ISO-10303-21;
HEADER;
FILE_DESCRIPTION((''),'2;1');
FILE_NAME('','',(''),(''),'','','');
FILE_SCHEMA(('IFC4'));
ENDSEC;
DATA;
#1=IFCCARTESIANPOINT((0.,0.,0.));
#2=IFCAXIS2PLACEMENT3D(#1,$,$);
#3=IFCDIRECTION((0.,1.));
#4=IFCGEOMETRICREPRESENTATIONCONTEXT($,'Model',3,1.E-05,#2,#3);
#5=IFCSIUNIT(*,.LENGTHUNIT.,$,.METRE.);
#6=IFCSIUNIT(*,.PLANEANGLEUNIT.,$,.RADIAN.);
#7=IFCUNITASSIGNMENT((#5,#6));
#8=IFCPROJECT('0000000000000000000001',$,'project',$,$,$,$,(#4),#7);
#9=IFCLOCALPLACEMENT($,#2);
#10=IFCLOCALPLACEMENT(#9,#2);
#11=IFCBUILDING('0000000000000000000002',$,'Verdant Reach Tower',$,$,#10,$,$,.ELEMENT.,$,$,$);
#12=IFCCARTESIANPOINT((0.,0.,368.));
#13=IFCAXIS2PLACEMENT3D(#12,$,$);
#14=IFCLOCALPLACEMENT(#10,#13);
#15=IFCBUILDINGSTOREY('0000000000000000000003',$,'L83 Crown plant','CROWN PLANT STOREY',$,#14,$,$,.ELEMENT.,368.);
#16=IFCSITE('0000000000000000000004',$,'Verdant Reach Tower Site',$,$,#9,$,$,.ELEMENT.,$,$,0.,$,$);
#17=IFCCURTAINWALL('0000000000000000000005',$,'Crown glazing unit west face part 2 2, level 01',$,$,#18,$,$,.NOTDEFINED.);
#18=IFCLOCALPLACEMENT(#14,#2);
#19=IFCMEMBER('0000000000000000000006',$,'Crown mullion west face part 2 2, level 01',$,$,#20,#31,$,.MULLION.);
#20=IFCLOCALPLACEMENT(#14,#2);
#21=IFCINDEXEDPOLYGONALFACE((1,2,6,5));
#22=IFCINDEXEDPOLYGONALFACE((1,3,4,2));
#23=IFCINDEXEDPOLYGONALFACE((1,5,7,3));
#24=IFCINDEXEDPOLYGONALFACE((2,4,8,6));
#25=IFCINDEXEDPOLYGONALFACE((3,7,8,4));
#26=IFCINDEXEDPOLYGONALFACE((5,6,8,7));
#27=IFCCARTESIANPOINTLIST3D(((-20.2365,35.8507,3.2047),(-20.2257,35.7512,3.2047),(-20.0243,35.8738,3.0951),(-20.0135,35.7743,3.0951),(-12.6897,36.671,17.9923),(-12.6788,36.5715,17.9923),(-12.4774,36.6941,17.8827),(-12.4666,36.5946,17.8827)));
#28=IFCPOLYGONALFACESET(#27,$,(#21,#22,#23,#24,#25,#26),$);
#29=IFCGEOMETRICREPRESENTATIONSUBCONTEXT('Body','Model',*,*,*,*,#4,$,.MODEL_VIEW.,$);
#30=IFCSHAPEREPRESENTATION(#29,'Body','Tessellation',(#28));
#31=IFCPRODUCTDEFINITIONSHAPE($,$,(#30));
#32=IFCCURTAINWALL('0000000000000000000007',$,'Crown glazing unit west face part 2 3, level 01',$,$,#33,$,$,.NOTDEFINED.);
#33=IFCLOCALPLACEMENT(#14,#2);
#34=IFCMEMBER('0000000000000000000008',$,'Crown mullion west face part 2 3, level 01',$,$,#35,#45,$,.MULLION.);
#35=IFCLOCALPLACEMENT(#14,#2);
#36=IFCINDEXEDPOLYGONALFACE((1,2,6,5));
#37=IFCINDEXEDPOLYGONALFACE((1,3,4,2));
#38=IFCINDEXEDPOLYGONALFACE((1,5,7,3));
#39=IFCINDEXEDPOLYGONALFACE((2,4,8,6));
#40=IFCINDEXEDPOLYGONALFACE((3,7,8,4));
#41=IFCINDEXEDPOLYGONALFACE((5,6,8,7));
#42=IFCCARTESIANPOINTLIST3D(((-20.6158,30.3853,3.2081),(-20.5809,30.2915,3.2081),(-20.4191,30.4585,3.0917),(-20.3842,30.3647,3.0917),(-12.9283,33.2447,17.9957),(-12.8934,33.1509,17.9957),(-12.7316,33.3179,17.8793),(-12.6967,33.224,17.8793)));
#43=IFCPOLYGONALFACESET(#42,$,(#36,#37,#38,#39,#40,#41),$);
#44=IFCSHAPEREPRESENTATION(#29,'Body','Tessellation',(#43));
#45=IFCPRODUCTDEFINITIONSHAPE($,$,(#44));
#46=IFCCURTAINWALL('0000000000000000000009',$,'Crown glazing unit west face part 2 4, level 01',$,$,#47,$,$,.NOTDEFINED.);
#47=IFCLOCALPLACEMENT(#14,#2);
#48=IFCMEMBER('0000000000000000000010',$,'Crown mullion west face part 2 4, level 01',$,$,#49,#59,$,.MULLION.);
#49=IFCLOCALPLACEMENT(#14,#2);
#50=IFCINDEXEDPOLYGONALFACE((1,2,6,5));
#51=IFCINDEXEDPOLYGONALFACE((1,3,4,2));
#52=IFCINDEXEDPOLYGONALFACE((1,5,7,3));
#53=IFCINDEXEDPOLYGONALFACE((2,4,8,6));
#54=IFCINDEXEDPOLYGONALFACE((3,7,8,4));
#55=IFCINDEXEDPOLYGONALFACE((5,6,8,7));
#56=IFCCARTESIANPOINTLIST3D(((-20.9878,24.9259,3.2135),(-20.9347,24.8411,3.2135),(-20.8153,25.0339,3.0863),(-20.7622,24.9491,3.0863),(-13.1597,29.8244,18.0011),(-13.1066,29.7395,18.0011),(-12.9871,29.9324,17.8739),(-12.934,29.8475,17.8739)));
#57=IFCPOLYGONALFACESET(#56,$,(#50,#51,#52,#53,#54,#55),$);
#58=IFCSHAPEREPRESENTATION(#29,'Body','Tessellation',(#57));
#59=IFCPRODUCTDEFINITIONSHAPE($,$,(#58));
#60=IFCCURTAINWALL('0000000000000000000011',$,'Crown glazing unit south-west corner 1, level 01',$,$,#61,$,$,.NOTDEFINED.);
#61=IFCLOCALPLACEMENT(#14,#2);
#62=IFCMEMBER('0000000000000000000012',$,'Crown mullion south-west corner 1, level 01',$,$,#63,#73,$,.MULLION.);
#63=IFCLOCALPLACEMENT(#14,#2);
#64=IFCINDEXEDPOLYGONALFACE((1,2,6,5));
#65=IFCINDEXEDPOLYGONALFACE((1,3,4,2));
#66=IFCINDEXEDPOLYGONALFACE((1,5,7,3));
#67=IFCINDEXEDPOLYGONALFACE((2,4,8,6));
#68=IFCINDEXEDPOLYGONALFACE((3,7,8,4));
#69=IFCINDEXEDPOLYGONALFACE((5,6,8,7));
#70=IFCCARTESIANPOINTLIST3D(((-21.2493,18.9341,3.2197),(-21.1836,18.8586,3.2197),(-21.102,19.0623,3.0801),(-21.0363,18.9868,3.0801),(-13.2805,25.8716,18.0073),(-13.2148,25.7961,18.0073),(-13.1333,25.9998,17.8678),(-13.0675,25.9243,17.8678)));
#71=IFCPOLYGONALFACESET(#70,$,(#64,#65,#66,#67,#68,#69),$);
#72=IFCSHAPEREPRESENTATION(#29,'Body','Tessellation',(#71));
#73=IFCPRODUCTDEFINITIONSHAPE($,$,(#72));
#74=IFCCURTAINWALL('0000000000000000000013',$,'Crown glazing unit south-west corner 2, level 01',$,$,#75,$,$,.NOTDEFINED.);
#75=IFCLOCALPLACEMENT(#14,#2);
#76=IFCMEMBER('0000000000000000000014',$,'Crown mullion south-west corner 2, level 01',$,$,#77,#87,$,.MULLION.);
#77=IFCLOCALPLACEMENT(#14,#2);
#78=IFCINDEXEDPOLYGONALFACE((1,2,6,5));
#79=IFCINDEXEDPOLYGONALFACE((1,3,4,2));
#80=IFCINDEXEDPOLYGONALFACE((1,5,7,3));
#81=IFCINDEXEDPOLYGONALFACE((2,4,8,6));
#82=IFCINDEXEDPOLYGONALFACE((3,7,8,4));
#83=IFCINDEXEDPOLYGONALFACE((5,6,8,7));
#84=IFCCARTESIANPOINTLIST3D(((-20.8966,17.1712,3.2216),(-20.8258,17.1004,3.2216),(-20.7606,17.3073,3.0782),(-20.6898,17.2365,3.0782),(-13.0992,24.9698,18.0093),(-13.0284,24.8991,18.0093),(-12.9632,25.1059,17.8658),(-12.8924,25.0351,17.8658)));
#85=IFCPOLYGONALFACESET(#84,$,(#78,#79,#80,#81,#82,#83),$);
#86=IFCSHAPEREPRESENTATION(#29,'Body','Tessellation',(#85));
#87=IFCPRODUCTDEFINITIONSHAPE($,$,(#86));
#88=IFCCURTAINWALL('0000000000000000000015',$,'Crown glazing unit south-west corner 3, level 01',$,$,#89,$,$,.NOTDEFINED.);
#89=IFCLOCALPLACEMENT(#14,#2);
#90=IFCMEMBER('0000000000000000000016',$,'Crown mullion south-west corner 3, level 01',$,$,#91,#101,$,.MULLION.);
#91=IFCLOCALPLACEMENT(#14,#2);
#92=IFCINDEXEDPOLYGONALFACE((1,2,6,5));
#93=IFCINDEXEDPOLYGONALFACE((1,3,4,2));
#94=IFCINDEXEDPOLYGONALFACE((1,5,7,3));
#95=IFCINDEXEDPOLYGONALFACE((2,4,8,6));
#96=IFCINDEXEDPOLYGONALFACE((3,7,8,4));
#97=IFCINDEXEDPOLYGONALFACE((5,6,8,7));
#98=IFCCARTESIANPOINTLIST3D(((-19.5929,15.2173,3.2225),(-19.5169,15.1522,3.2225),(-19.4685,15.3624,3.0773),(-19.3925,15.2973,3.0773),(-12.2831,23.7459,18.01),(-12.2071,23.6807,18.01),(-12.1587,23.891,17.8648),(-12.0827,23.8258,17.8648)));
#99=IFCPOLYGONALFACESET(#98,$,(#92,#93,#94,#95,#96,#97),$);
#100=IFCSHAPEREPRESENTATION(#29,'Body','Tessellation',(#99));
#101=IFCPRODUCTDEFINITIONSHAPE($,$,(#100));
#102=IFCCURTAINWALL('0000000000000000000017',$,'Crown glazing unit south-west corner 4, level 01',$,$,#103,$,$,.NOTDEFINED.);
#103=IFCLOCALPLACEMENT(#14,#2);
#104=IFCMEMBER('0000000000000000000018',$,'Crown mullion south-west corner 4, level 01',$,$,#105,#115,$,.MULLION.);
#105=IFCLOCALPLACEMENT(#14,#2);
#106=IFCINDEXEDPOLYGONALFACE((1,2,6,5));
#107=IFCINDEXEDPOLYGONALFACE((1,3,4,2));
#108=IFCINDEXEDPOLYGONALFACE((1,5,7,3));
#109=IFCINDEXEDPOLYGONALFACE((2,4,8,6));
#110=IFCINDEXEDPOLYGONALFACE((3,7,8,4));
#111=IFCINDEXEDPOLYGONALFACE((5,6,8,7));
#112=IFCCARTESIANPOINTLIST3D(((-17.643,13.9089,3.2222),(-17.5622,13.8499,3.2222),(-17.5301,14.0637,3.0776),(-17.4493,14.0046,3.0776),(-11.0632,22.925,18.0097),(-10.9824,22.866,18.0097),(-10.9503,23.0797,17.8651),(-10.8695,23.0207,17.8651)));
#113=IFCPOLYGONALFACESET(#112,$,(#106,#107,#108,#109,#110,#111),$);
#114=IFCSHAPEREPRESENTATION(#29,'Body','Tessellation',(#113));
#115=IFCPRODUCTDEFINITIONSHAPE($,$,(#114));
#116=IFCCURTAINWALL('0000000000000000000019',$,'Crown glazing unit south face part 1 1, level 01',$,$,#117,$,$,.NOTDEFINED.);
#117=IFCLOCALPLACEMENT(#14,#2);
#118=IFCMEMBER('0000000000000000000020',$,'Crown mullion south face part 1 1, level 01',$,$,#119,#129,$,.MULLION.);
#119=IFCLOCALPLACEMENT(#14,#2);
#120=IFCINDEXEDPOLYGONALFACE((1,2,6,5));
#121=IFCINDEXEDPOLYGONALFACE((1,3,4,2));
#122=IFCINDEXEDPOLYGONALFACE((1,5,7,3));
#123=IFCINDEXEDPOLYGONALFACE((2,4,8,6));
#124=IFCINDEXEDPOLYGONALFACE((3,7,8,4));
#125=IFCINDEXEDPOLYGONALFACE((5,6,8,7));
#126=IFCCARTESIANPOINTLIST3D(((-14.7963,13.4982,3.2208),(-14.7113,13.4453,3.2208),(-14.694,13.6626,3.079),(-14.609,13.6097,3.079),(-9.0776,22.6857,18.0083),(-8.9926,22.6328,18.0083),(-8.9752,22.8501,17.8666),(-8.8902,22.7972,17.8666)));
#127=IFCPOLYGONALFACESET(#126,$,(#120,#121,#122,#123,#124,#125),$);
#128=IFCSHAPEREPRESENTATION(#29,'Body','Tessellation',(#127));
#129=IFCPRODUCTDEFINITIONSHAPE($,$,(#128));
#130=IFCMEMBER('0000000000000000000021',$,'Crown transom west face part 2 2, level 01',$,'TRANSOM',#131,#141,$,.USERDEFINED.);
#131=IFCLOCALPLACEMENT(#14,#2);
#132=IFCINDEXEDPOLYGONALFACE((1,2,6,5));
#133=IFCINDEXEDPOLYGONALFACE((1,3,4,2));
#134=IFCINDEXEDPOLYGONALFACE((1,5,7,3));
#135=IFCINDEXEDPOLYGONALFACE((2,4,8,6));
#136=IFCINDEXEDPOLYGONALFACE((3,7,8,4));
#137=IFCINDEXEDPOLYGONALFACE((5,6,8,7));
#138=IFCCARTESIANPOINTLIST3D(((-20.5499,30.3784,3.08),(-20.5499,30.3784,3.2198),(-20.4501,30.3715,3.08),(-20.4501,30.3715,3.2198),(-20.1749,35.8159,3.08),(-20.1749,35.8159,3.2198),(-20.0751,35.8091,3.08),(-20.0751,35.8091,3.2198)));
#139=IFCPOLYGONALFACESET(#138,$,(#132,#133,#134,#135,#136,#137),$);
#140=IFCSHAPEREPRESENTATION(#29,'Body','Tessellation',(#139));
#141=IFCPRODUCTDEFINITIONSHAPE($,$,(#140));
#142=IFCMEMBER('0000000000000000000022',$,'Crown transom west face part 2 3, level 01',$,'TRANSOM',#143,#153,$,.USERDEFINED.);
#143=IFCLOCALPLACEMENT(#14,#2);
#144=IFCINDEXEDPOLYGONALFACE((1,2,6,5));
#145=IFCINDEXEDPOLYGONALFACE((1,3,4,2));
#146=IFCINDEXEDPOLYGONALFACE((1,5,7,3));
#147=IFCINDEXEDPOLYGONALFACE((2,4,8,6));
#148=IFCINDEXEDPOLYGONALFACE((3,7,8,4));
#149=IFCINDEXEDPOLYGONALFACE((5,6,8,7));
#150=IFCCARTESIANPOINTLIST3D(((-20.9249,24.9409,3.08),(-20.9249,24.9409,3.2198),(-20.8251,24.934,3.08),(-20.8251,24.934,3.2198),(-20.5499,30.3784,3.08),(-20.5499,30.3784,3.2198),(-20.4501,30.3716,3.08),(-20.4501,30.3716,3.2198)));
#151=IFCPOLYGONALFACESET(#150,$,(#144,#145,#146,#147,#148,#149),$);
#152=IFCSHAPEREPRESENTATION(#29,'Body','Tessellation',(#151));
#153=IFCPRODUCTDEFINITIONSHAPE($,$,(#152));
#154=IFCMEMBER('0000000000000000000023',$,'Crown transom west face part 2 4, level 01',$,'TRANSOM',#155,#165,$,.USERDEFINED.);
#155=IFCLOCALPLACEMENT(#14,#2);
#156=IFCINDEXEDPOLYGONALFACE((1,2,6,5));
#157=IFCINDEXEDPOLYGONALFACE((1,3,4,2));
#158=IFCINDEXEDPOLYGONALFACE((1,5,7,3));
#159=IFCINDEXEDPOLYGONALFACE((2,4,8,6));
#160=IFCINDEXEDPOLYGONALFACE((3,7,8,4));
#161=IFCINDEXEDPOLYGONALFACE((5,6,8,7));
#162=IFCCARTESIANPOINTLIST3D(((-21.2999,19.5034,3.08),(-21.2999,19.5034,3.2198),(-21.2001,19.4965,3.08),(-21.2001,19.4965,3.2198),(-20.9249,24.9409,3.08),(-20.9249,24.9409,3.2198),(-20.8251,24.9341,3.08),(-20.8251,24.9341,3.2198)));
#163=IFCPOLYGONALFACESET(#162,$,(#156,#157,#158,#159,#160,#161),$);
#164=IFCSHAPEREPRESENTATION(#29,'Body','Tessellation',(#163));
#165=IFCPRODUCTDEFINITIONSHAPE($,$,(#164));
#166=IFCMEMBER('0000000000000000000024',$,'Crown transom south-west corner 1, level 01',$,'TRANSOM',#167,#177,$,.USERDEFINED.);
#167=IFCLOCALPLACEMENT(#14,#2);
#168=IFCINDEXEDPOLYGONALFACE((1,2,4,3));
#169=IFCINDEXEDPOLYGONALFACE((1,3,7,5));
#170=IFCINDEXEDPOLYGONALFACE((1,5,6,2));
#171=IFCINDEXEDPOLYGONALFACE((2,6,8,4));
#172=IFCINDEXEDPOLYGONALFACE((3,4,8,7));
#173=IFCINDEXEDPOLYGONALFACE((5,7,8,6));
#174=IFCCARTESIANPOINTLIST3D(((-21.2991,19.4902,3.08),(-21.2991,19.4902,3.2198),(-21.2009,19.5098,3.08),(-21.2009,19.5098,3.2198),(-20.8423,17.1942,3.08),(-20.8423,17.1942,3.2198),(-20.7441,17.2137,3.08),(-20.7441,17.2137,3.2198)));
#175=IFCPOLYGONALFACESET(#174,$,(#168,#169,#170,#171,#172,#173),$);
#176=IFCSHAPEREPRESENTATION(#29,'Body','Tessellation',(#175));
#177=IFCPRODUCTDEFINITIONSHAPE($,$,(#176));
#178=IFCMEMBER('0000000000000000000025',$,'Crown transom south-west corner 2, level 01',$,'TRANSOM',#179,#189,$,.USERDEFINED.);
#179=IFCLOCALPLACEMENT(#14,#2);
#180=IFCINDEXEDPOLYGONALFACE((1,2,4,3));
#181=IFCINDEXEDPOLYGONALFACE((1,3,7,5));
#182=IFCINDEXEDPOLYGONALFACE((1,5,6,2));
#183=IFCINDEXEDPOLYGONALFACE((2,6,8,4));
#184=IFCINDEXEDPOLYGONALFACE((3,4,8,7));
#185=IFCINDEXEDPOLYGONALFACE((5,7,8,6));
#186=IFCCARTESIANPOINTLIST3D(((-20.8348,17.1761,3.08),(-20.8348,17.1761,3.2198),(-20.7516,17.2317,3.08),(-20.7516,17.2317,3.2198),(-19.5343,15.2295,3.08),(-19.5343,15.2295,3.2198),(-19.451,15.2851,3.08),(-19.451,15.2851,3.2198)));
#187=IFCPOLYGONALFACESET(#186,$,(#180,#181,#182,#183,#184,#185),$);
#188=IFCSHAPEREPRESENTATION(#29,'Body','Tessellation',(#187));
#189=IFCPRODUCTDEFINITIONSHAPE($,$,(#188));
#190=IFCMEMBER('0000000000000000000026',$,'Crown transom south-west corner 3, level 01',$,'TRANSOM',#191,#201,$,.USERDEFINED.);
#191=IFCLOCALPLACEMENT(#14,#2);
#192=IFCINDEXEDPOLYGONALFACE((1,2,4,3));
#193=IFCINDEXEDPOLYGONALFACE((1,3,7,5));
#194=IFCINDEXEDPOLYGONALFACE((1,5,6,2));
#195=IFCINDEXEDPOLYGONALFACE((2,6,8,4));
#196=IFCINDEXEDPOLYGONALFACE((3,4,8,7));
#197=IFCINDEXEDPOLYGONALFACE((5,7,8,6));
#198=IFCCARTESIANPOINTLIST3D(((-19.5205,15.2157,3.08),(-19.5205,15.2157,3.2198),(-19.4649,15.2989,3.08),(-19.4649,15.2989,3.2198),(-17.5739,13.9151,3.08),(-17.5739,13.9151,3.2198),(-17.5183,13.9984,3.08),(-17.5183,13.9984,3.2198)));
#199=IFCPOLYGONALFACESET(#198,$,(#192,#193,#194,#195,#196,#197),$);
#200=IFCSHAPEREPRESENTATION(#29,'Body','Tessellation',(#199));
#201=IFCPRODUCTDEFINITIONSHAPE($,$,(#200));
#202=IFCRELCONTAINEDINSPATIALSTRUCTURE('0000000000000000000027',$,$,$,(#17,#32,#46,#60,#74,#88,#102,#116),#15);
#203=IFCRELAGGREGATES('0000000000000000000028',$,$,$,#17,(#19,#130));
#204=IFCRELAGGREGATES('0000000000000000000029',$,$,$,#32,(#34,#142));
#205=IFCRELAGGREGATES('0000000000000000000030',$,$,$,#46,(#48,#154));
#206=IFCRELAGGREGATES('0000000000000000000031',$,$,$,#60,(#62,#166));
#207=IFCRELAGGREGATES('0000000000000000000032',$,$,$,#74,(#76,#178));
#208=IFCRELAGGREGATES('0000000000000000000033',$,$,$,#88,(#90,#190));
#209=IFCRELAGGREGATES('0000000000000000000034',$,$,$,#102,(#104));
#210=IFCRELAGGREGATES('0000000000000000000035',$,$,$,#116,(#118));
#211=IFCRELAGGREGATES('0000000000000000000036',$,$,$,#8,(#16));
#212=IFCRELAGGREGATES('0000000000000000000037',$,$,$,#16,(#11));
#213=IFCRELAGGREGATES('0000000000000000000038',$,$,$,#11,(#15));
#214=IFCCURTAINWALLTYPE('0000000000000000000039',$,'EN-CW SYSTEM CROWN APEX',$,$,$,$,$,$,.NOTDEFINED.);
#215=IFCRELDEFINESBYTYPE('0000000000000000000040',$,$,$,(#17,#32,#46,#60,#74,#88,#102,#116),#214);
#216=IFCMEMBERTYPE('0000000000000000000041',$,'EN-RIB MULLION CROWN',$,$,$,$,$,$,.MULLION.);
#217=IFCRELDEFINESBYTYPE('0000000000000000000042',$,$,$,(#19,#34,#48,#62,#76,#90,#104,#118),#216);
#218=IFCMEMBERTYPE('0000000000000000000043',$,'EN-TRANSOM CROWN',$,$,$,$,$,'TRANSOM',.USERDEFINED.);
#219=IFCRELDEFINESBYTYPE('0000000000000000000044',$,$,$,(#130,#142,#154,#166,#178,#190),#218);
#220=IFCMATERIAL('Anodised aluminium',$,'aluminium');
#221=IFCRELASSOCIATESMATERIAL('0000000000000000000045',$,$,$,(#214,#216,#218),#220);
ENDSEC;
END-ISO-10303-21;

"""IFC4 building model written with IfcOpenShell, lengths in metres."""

from ifc_helpers import new_model, si_unit, direction, frame, origin, origin_2d, place, context, subcontext, project, spatial, rectangle, extrude, material, material_profile, profile_set, type_object, element, aggregate, save


model = new_model("IFC4")

# Units and contexts
model_context = context("Model", 3, precision=1e-05, world=origin(), true_north=direction((0.0, 1.0)))
body_context = subcontext(model_context, "Body", "Model", "MODEL_VIEW")
ifc_project = project(units=[si_unit("LENGTHUNIT", "METRE"), si_unit("PLANEANGLEUNIT", "RADIAN")], contexts=[model_context])

# Site, building, storey
site_placement = place(None, origin())
site = spatial("IfcSite", under=ifc_project, at=site_placement, Name="Verdant Reach Tower Site", CompositionType="ELEMENT", RefElevation=0.0)
building_placement = place(site_placement, origin())
building = spatial("IfcBuilding", under=site, at=building_placement, Name="Verdant Reach Tower", CompositionType="ELEMENT")
storey_placement = place(building_placement, frame((0.0, 0.0, 368.0)))
storey = spatial("IfcBuildingStorey", under=building, at=storey_placement, Name="L83 Crown plant", Description="CROWN PLANT STOREY", CompositionType="ELEMENT", Elevation=368.0)

# Curtain walls, members
ifc_material_1 = material(Name="Anodised aluminium", Category="aluminium")
curtain_wall_type_1 = type_object("IfcCurtainWallType", Name="EN-CW SYSTEM CROWN APEX", PredefinedType="NOTDEFINED", material=ifc_material_1)
curtain_wall_1_placement = place(storey_placement, origin())
curtain_wall_1 = element("IfcCurtainWall", 1, at=curtain_wall_1_placement, inside=storey, type_object=curtain_wall_type_1, Name="Crown glazing unit west face part 2 2, level 01", PredefinedType="NOTDEFINED")
ifc_material_profile_1 = material_profile(ifc_material_1, rectangle(XDim=0.1001, YDim=0.24, at=origin_2d()), Name="Mullion 100x240")
ifc_profile_set_1 = profile_set([ifc_material_profile_1], Name="Anodised aluminium")
member_type_1 = type_object("IfcMemberType", Name="EN-RIB MULLION CROWN", PredefinedType="MULLION", material=ifc_profile_set_1)
member_1_placement = place(storey_placement, frame((-20.125, 35.8125, 3.1499), z_axis=(0.454021, 0.04935, 0.889623), x_axis=(-0.108059, 0.994144, 0.0)))
member_1 = element("IfcMember", 2, at=member_1_placement, type_object=member_type_1, Name="Crown mullion west face part 2 2, level 01", PredefinedType="MULLION", context=body_context, shape_type="SweptSolid", body=[
    extrude(rectangle(XDim=0.1001, YDim=0.24, at=origin_2d()), origin(), (0.0, 0.0, 1.0), 16.6223),
])
curtain_wall_2_placement = place(storey_placement, origin())
curtain_wall_2 = element("IfcCurtainWall", 3, at=curtain_wall_2_placement, inside=storey, type_object=curtain_wall_type_1, Name="Crown glazing unit west face part 2 3, level 01", PredefinedType="NOTDEFINED")
member_2_placement = place(storey_placement, frame((-20.5, 30.375, 3.1499), z_axis=(0.454614, 0.169094, 0.87449), x_axis=(-0.348617, 0.937265, 0.0)))
member_2 = element("IfcMember", 4, at=member_2_placement, type_object=member_type_1, Name="Crown mullion west face part 2 3, level 01", PredefinedType="MULLION", context=body_context, shape_type="SweptSolid", body=[
    extrude(rectangle(XDim=0.1001, YDim=0.24, at=origin_2d()), origin(), (0.0, 0.0, 1.0), 16.9099),
])
curtain_wall_3_placement = place(storey_placement, origin())
curtain_wall_3 = element("IfcCurtainWall", 5, at=curtain_wall_3_placement, inside=storey, type_object=curtain_wall_type_1, Name="Crown glazing unit west face part 2 4, level 01", PredefinedType="NOTDEFINED")
member_3_placement = place(storey_placement, frame((-20.875, 24.9375, 3.1499), z_axis=(0.449013, 0.280969, 0.8482), x_axis=(-0.530455, 0.847713, 0.0)))
member_3 = element("IfcMember", 6, at=member_3_placement, type_object=member_type_1, Name="Crown mullion west face part 2 4, level 01", PredefinedType="MULLION", context=body_context, shape_type="SweptSolid", body=[
    extrude(rectangle(XDim=0.1001, YDim=0.24, at=origin_2d()), origin(), (0.0, 0.0, 1.0), 17.4341),
])
curtain_wall_4_placement = place(storey_placement, origin())
curtain_wall_4 = element("IfcCurtainWall", 7, at=curtain_wall_4_placement, inside=storey, type_object=curtain_wall_type_1, Name="Crown glazing unit south-west corner 1, level 01", PredefinedType="NOTDEFINED")
member_4_placement = place(storey_placement, frame((-21.1428, 18.9604, 3.1499), z_axis=(0.438464, 0.381722, 0.813657), x_axis=(-0.656618, 0.754223, 0.0)))
member_4 = element("IfcMember", 8, at=member_4_placement, type_object=member_type_1, Name="Crown mullion south-west corner 1, level 01", PredefinedType="MULLION", context=body_context, shape_type="SweptSolid", body=[
    extrude(rectangle(XDim=0.1001, YDim=0.24, at=origin_2d()), origin(), (0.0, 0.0, 1.0), 18.1743),
])
curtain_wall_5_placement = place(storey_placement, origin())
curtain_wall_5 = element("IfcCurtainWall", 9, at=curtain_wall_5_placement, inside=storey, type_object=curtain_wall_type_1, Name="Crown glazing unit south-west corner 2, level 01", PredefinedType="NOTDEFINED")
member_5_placement = place(storey_placement, frame((-20.7932, 17.2039, 3.1499), z_axis=(0.422691, 0.422757, 0.801628), x_axis=(-0.707162, 0.707051, 0.0)))
member_5 = element("IfcMember", 10, at=member_5_placement, type_object=member_type_1, Name="Crown mullion south-west corner 2, level 01", PredefinedType="MULLION", context=body_context, shape_type="SweptSolid", body=[
    extrude(rectangle(XDim=0.1001, YDim=0.24, at=origin_2d()), origin(), (0.0, 0.0, 1.0), 18.447),
])
curtain_wall_6_placement = place(storey_placement, origin())
curtain_wall_6 = element("IfcCurtainWall", 11, at=curtain_wall_6_placement, inside=storey, type_object=curtain_wall_type_1, Name="Crown glazing unit south-west corner 3, level 01", PredefinedType="NOTDEFINED")
member_6_placement = place(storey_placement, frame((-19.4927, 15.2573, 3.1499), z_axis=(0.393637, 0.459267, 0.796319), x_axis=(-0.759273, 0.650772, 0.0)))
member_6 = element("IfcMember", 12, at=member_6_placement, type_object=member_type_1, Name="Crown mullion south-west corner 3, level 01", PredefinedType="MULLION", context=body_context, shape_type="SweptSolid", body=[
    extrude(rectangle(XDim=0.1001, YDim=0.24, at=origin_2d()), origin(), (0.0, 0.0, 1.0), 18.5698),
])
curtain_wall_7_placement = place(storey_placement, origin())
curtain_wall_7 = element("IfcCurtainWall", 13, at=curtain_wall_7_placement, inside=storey, type_object=curtain_wall_type_1, Name="Crown glazing unit south-west corner 4, level 01", PredefinedType="NOTDEFINED")
member_7_placement = place(storey_placement, frame((-17.5461, 13.9568, 3.1499), z_axis=(0.355144, 0.486642, 0.798156), x_axis=(-0.807769, 0.589499, 0.0)))
member_7 = element("IfcMember", 14, at=member_7_placement, type_object=member_type_1, Name="Crown mullion south-west corner 4, level 01", PredefinedType="MULLION", context=body_context, shape_type="SweptSolid", body=[
    extrude(rectangle(XDim=0.1001, YDim=0.24, at=origin_2d()), origin(), (0.0, 0.0, 1.0), 18.5271),
])
curtain_wall_8_placement = place(storey_placement, origin())
curtain_wall_8 = element("IfcCurtainWall", 15, at=curtain_wall_8_placement, inside=storey, type_object=curtain_wall_type_1, Name="Crown glazing unit south face part 1 1, level 01", PredefinedType="NOTDEFINED")
member_8_placement = place(storey_placement, frame((-14.7026, 13.554, 3.1499), z_axis=(0.312082, 0.501378, 0.806985), x_axis=(-0.84897, 0.528441, 0.0)))
member_8 = element("IfcMember", 16, at=member_8_placement, type_object=member_type_1, Name="Crown mullion south face part 1 1, level 01", PredefinedType="MULLION", context=body_context, shape_type="SweptSolid", body=[
    extrude(rectangle(XDim=0.1001, YDim=0.24, at=origin_2d()), origin(), (0.0, 0.0, 1.0), 18.3245),
])

# Members
ifc_material_profile_2 = material_profile(ifc_material_1, rectangle(XDim=0.1001, YDim=0.1399, at=origin_2d()), Name="Transom 140x100")
ifc_profile_set_2 = profile_set([ifc_material_profile_2], Name="Anodised aluminium")
member_type_2 = type_object("IfcMemberType", Name="EN-TRANSOM CROWN", ElementType="TRANSOM", PredefinedType="USERDEFINED", material=ifc_profile_set_2)
member_9_placement = place(storey_placement, frame((-20.125, 35.8125, 3.1499), z_axis=(-0.068802, -0.99763, 0.0), x_axis=(0.99763, -0.068802, 0.0)))
member_9 = element("IfcMember", 17, at=member_9_placement, type_object=member_type_2, Name="Crown transom west face part 2 2, level 01", ObjectType="TRANSOM", PredefinedType="USERDEFINED", context=body_context, shape_type="SweptSolid", body=[
    extrude(rectangle(XDim=0.1001, YDim=0.1399, at=origin_2d()), origin(), (0.0, 0.0, 1.0), 5.4504),
])
member_10_placement = place(storey_placement, frame((-20.5, 30.375, 3.1499), z_axis=(-0.068802, -0.99763, 0.0), x_axis=(0.99763, -0.068802, 0.0)))
member_10 = element("IfcMember", 18, at=member_10_placement, type_object=member_type_2, Name="Crown transom west face part 2 3, level 01", ObjectType="TRANSOM", PredefinedType="USERDEFINED", context=body_context, shape_type="SweptSolid", body=[
    extrude(rectangle(XDim=0.1001, YDim=0.1399, at=origin_2d()), origin(), (0.0, 0.0, 1.0), 5.4504),
])
member_11_placement = place(storey_placement, frame((-20.875, 24.9375, 3.1499), z_axis=(-0.068802, -0.99763, 0.0), x_axis=(0.99763, -0.068802, 0.0)))
member_11 = element("IfcMember", 19, at=member_11_placement, type_object=member_type_2, Name="Crown transom west face part 2 4, level 01", ObjectType="TRANSOM", PredefinedType="USERDEFINED", context=body_context, shape_type="SweptSolid", body=[
    extrude(rectangle(XDim=0.1001, YDim=0.1399, at=origin_2d()), origin(), (0.0, 0.0, 1.0), 5.4504),
])
member_12_placement = place(storey_placement, frame((-21.25, 19.5, 3.1499), z_axis=(0.195113, -0.980781, 0.0), x_axis=(0.980781, 0.195113, 0.0)))
member_12 = element("IfcMember", 20, at=member_12_placement, type_object=member_type_2, Name="Crown transom south-west corner 1, level 01", ObjectType="TRANSOM", PredefinedType="USERDEFINED", context=body_context, shape_type="SweptSolid", body=[
    extrude(rectangle(XDim=0.1001, YDim=0.1399, at=origin_2d()), origin(), (0.0, 0.0, 1.0), 2.3411),
])
member_13_placement = place(storey_placement, frame((-20.7932, 17.2039, 3.1499), z_axis=(0.555542, -0.831488, 0.0), x_axis=(0.831488, 0.555542, 0.0)))
member_13 = element("IfcMember", 21, at=member_13_placement, type_object=member_type_2, Name="Crown transom south-west corner 2, level 01", ObjectType="TRANSOM", PredefinedType="USERDEFINED", context=body_context, shape_type="SweptSolid", body=[
    extrude(rectangle(XDim=0.1001, YDim=0.1399, at=origin_2d()), origin(), (0.0, 0.0, 1.0), 2.3411),
])
member_14_placement = place(storey_placement, frame((-19.4927, 15.2573, 3.1499), z_axis=(0.831488, -0.555542, 0.0), x_axis=(0.555542, 0.831488, 0.0)))
member_14 = element("IfcMember", 22, at=member_14_placement, type_object=member_type_2, Name="Crown transom south-west corner 3, level 01", ObjectType="TRANSOM", PredefinedType="USERDEFINED", context=body_context, shape_type="SweptSolid", body=[
    extrude(rectangle(XDim=0.1001, YDim=0.1399, at=origin_2d()), origin(), (0.0, 0.0, 1.0), 2.3411),
])

aggregate(curtain_wall_1, [member_1, member_9])
aggregate(curtain_wall_2, [member_2, member_10])
aggregate(curtain_wall_3, [member_3, member_11])
aggregate(curtain_wall_4, [member_4, member_12])
aggregate(curtain_wall_5, [member_5, member_13])
aggregate(curtain_wall_6, [member_6, member_14])
aggregate(curtain_wall_7, [member_7])
aggregate(curtain_wall_8, [member_8])

save(model, "model.ifc")
